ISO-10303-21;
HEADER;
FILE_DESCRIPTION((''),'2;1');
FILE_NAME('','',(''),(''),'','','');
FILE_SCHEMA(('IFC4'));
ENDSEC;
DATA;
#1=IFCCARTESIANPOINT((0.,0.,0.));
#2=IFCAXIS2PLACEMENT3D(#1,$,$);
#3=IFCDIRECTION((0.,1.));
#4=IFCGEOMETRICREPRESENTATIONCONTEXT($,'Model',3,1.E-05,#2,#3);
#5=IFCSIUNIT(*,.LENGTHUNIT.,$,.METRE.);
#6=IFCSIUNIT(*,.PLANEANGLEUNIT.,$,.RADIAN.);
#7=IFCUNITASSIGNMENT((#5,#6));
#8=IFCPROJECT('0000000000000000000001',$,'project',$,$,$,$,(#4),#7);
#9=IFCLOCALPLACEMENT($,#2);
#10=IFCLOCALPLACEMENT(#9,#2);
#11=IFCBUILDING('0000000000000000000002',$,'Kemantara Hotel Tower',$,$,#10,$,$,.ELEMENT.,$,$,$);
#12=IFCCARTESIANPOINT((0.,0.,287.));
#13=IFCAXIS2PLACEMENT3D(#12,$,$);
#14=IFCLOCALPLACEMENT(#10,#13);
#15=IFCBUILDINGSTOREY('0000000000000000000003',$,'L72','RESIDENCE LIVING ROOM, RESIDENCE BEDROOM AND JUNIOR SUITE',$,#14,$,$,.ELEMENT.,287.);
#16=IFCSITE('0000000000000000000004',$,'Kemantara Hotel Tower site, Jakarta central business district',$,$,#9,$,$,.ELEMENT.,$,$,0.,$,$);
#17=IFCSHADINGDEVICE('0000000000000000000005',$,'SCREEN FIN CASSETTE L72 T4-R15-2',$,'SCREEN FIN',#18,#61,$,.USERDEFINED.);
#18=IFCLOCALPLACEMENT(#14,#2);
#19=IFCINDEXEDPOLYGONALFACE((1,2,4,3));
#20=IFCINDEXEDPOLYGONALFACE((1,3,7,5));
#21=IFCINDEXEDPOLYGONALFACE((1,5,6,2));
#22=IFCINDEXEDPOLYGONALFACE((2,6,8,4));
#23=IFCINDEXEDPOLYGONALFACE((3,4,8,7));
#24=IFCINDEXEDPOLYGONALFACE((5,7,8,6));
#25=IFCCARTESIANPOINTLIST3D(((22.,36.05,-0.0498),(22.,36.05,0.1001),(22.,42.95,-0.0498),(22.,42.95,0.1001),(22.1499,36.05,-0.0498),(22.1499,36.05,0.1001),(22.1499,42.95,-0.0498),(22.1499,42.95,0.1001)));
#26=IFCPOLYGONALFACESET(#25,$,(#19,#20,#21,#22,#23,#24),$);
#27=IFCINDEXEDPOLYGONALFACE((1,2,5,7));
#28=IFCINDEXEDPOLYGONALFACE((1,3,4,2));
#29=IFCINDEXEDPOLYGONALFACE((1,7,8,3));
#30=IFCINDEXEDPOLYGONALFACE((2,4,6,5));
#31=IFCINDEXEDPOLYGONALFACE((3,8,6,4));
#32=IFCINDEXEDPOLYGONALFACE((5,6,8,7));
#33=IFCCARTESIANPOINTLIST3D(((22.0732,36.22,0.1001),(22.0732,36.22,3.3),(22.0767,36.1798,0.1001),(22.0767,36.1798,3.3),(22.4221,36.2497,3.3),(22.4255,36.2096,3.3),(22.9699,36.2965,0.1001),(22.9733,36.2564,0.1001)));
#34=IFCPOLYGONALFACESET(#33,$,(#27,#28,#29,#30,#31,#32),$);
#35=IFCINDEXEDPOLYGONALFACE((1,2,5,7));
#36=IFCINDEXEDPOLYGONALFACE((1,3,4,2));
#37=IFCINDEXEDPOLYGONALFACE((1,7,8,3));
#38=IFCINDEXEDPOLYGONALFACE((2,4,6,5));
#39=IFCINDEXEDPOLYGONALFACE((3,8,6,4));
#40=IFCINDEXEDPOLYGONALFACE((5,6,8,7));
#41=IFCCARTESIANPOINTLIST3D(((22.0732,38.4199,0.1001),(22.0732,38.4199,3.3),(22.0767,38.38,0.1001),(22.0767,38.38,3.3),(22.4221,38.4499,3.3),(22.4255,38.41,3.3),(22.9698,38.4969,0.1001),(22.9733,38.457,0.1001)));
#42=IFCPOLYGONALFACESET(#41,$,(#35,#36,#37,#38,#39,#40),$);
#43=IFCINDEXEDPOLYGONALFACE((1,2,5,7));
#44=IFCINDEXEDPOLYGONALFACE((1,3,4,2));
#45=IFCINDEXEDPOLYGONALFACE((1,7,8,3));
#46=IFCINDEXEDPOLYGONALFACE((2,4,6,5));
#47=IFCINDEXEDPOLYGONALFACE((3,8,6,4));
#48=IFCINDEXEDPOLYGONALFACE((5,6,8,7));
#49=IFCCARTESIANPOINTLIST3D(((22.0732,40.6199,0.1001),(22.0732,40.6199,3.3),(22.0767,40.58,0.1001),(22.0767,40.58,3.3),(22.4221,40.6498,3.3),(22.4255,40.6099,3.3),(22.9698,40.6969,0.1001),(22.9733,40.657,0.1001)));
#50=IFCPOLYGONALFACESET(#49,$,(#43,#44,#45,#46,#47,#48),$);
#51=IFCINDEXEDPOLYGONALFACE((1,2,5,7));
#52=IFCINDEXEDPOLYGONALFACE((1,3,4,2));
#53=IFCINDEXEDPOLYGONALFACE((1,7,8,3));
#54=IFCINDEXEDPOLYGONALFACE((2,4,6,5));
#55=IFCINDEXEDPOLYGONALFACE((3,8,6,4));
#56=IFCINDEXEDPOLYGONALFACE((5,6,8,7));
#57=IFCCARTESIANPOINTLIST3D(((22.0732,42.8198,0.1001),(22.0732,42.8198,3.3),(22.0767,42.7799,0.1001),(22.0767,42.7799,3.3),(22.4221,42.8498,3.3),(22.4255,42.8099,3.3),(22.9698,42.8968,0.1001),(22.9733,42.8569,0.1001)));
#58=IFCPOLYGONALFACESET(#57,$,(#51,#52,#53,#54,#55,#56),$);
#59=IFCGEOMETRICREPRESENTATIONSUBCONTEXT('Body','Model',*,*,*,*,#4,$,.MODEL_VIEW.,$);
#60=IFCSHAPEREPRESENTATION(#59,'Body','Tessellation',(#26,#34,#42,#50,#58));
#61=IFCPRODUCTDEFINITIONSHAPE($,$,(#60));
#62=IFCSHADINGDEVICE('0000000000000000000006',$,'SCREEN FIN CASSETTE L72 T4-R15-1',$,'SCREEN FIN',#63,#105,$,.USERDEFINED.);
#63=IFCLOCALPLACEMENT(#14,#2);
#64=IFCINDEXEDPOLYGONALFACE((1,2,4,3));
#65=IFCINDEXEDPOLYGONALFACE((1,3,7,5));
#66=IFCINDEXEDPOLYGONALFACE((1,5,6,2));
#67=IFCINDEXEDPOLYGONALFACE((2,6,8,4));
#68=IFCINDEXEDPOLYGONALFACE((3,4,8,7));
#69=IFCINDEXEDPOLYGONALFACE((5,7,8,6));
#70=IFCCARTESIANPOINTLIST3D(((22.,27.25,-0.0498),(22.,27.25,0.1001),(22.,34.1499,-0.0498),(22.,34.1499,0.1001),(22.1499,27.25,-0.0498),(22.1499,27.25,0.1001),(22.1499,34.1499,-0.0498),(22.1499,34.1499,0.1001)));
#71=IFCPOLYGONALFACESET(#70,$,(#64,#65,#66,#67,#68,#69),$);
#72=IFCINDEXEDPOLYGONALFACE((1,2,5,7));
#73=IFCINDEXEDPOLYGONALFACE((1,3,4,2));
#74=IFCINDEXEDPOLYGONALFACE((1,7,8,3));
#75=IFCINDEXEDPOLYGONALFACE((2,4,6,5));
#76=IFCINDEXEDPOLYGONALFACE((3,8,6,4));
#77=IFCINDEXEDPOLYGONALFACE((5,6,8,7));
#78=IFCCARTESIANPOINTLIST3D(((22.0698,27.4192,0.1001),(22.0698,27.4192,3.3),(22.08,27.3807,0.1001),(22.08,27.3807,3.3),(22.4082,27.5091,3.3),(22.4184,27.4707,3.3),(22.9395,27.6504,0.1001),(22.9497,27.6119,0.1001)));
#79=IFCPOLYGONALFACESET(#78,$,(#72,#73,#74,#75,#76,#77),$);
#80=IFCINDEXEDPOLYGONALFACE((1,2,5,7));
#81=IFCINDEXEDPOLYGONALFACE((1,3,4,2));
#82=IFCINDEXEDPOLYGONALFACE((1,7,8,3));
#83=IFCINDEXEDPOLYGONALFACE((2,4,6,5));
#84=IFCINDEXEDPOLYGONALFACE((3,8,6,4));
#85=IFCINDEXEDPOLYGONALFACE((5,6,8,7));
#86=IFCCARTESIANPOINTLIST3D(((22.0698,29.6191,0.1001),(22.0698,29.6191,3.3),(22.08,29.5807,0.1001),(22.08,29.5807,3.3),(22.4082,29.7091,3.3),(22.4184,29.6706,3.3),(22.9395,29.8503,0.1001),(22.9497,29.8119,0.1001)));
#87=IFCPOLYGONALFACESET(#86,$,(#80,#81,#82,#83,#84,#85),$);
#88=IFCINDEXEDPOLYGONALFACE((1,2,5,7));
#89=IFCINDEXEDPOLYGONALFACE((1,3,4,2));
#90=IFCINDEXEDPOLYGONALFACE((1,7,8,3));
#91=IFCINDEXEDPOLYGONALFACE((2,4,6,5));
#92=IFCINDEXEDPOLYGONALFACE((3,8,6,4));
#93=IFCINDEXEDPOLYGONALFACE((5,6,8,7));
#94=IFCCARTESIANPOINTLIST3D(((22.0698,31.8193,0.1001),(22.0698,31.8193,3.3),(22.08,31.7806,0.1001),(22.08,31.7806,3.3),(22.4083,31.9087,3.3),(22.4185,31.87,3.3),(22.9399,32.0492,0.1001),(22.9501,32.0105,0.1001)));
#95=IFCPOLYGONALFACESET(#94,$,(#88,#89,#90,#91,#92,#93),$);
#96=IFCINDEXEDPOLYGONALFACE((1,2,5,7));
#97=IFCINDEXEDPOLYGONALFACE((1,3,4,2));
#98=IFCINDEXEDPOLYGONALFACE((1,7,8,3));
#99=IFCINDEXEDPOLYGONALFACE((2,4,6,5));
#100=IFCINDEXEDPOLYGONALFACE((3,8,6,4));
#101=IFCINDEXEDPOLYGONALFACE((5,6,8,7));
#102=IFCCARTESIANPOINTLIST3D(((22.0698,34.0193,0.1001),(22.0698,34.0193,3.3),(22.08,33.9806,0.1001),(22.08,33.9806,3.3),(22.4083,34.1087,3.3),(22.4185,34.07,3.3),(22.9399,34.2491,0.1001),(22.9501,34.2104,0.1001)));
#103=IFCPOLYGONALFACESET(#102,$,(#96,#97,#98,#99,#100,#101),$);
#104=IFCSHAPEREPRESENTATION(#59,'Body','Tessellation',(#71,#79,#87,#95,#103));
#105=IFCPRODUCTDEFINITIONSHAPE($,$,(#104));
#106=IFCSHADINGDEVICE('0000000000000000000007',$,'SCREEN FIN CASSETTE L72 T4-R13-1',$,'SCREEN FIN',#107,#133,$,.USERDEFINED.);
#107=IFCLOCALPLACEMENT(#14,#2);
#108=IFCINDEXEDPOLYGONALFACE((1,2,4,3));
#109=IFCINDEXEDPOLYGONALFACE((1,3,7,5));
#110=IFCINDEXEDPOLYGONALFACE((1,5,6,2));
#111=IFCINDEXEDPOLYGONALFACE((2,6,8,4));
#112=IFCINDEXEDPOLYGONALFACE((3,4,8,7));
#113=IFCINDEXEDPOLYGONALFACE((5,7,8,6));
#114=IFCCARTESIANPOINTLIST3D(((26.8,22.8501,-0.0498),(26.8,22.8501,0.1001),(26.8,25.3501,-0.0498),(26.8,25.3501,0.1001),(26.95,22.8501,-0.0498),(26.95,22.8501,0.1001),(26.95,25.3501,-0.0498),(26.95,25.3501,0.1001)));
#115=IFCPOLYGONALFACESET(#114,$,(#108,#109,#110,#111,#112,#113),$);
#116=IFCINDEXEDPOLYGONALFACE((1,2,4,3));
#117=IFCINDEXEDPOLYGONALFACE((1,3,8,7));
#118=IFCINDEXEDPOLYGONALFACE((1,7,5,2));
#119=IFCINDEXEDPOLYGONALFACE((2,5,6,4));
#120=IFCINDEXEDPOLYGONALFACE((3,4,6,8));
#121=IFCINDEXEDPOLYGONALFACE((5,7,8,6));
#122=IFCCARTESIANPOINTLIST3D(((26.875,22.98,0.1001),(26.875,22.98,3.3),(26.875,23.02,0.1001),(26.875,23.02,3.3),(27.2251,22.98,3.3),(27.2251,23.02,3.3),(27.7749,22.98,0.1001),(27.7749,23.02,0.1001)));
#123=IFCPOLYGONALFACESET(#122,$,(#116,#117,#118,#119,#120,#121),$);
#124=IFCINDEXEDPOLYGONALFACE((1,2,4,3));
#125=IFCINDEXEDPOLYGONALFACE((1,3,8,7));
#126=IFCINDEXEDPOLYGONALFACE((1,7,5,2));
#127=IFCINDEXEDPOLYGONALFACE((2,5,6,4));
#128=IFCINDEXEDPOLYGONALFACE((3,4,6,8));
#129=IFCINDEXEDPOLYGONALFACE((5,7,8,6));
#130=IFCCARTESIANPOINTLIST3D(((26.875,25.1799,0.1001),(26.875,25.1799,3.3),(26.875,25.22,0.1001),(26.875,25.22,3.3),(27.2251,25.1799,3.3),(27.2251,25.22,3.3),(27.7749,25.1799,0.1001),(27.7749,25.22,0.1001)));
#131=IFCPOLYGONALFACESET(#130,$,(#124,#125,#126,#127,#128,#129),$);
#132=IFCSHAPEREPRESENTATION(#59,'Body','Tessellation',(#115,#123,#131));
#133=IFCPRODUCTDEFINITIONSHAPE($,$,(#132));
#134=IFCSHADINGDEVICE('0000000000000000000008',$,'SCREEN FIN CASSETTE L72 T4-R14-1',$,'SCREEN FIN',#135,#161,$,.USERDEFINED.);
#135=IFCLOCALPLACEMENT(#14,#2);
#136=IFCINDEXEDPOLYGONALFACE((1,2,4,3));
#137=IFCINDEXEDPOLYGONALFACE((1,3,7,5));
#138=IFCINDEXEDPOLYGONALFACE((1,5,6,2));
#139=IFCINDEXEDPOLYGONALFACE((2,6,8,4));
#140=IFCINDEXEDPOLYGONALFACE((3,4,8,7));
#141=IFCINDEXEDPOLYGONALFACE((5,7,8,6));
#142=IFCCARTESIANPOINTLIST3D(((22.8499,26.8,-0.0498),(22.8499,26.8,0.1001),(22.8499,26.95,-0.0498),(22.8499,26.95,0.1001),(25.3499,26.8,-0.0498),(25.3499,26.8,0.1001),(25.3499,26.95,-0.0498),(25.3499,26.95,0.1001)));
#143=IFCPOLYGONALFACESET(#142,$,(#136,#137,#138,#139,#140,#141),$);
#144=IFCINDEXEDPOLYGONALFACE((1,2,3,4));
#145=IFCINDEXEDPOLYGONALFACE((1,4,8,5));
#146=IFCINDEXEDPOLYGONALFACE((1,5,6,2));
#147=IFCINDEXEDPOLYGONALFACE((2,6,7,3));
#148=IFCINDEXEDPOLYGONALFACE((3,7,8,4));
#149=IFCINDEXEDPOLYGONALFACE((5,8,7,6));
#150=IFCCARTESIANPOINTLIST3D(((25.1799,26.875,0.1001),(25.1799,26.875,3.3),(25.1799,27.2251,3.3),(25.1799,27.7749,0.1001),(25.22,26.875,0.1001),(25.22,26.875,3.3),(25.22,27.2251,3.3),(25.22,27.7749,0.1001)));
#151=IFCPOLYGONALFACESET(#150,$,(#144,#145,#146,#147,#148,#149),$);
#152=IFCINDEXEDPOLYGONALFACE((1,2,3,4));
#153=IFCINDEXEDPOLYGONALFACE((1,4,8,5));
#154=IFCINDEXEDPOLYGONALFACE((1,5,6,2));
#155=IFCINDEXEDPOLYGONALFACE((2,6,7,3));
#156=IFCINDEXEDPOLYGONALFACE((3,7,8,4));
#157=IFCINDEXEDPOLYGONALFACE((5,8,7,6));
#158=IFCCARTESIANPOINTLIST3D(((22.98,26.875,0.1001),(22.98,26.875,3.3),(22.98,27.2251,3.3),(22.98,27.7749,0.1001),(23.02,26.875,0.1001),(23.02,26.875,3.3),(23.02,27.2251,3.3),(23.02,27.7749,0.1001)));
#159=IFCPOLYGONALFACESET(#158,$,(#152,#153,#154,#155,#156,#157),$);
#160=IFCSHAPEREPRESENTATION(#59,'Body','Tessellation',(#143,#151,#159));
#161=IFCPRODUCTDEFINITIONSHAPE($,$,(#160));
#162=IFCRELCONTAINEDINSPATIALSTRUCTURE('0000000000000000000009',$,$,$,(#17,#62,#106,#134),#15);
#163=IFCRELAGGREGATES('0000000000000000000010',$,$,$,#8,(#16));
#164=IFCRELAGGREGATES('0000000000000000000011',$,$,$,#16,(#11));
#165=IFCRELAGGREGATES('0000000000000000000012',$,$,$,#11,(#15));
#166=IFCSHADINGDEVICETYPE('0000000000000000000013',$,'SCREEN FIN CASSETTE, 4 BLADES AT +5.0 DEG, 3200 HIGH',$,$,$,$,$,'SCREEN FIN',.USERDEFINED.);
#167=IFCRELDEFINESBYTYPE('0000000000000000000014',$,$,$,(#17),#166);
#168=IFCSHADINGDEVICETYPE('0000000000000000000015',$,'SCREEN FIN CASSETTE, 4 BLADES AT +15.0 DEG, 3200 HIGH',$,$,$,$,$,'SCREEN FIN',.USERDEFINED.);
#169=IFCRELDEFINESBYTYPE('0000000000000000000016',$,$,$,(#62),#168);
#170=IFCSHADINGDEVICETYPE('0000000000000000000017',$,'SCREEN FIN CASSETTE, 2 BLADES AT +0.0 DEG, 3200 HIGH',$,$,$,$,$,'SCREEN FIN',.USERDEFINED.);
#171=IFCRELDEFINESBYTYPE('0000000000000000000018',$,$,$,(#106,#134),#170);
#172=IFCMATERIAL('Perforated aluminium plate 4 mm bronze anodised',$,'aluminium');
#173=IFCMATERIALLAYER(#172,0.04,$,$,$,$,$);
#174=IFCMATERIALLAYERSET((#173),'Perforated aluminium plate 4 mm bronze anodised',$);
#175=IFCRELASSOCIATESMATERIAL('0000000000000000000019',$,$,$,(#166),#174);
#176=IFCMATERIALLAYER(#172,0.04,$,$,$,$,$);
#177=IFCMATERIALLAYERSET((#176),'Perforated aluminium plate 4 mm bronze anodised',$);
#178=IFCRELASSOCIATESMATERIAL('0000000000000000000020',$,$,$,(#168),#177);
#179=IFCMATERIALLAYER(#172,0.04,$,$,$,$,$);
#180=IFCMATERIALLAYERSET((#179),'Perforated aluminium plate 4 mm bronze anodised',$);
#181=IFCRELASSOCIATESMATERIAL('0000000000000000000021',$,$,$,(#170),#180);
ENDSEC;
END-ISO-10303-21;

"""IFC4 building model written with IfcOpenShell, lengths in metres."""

from ifc_helpers import new_model, si_unit, direction, frame, origin, origin_2d, place, context, subcontext, project, spatial, polyline, rectangle, outline, extrude, source, transform, mapped, material, layer, layer_set, type_object, element, save


model = new_model("IFC4")

# Units and contexts
model_context = context("Model", 3, precision=1e-05, world=origin(), true_north=direction((0.0, 1.0)))
body_context = subcontext(model_context, "Body", "Model", "MODEL_VIEW")
ifc_project = project(units=[si_unit("LENGTHUNIT", "METRE"), si_unit("PLANEANGLEUNIT", "RADIAN")], contexts=[model_context])

# Site, building, storey
site_placement = place(None, origin())
site = spatial("IfcSite", under=ifc_project, at=site_placement, Name="Kemantara Hotel Tower site, Jakarta central business district", CompositionType="ELEMENT", RefElevation=0.0)
building_placement = place(site_placement, origin())
building = spatial("IfcBuilding", under=site, at=building_placement, Name="Kemantara Hotel Tower", CompositionType="ELEMENT")
storey_placement = place(building_placement, frame((0.0, 0.0, 287.0)))
storey = spatial("IfcBuildingStorey", under=building, at=storey_placement, Name="L72", Description="RESIDENCE LIVING ROOM, RESIDENCE BEDROOM AND JUNIOR SUITE", CompositionType="ELEMENT", Elevation=287.0)

# Shading devices
ifc_material_1 = material(Name="Perforated aluminium plate 4 mm bronze anodised", Category="aluminium")
ifc_layer_1 = layer(ifc_material_1, 0.04)
ifc_layer_set_1 = layer_set([ifc_layer_1], Name="Perforated aluminium plate 4 mm bronze anodised")
shading_device_type_1 = type_object("IfcShadingDeviceType", Name="SCREEN FIN CASSETTE, 4 BLADES AT +5.0 DEG, 3200 HIGH", ElementType="SCREEN FIN", PredefinedType="USERDEFINED", material=ifc_layer_set_1)
shared_shape_1 = source(origin(), body_context, "Body", "SweptSolid", [
    extrude(rectangle(XDim=6.8999, YDim=0.1499, at=origin_2d()), frame((3.3, -0.075, -0.1499), z_axis=(0.0, 0.0, 1.0), x_axis=(1.0, 0.0, 0.0)), (0.0, 0.0, 1.0), 0.1499),
    extrude(outline(polyline([(0.0, 0.0), (0.8999, 0.0), (0.3501, 3.2), (0.0, 3.2), (0.0, 0.0)])), frame((0.02, -0.0732, 0.0), z_axis=(-0.996376, -0.085056, 0.0), x_axis=(0.085056, -0.996376, 0.0)), (0.0, 0.0, 1.0), 0.0403),
    extrude(outline(polyline([(0.0, 0.0), (0.8999, 0.0), (0.3501, 3.2), (0.0, 3.2), (0.0, 0.0)])), frame((2.22, -0.0732, 0.0), z_axis=(-0.996332, -0.085575, 0.0), x_axis=(0.085575, -0.996332, 0.0)), (0.0, 0.0, 1.0), 0.04),
    extrude(outline(polyline([(0.0, 0.0), (0.8999, 0.0), (0.3501, 3.2), (0.0, 3.2), (0.0, 0.0)])), frame((4.4199, -0.0732, 0.0), z_axis=(-0.996332, -0.085575, 0.0), x_axis=(0.085575, -0.996332, 0.0)), (0.0, 0.0, 1.0), 0.04),
    extrude(outline(polyline([(0.0, 0.0), (0.8999, 0.0), (0.3501, 3.2), (0.0, 3.2), (0.0, 0.0)])), frame((6.6199, -0.0732, 0.0), z_axis=(-0.996332, -0.085575, 0.0), x_axis=(0.085575, -0.996332, 0.0)), (0.0, 0.0, 1.0), 0.04),
])
shading_device_1_placement = place(storey_placement, frame((22.0, 36.2, 0.1001), z_axis=(0.0, 0.0, 1.0), x_axis=(0.0, 1.0, 0.0)))
element("IfcShadingDevice", 1, at=shading_device_1_placement, inside=storey, type_object=shading_device_type_1, Name="SCREEN FIN CASSETTE L72 T4-R15-2", ObjectType="SCREEN FIN", PredefinedType="USERDEFINED", context=body_context, shape_type="MappedRepresentation", body=[
    mapped(shared_shape_1, transform((0.0, 0.0, 0.0))),
])
ifc_layer_2 = layer(ifc_material_1, 0.04)
ifc_layer_set_2 = layer_set([ifc_layer_2], Name="Perforated aluminium plate 4 mm bronze anodised")
shading_device_type_2 = type_object("IfcShadingDeviceType", Name="SCREEN FIN CASSETTE, 4 BLADES AT +15.0 DEG, 3200 HIGH", ElementType="SCREEN FIN", PredefinedType="USERDEFINED", material=ifc_layer_set_2)
shared_shape_2 = source(origin(), body_context, "Body", "SweptSolid", [
    extrude(rectangle(XDim=6.8999, YDim=0.1499, at=origin_2d()), frame((3.3, -0.075, -0.1499), z_axis=(0.0, 0.0, 1.0), x_axis=(1.0, 0.0, 0.0)), (0.0, 0.0, 1.0), 0.1499),
    extrude(outline(polyline([(0.0, 0.0), (0.8999, 0.0), (0.3501, 3.2), (0.0, 3.2), (0.0, 0.0)])), frame((0.0193, -0.0698, 0.0), z_axis=(-0.966438, -0.256901, 0.0), x_axis=(0.256901, -0.966438, 0.0)), (0.0, 0.0, 1.0), 0.0398),
    extrude(outline(polyline([(0.0, 0.0), (0.8999, 0.0), (0.3501, 3.2), (0.0, 3.2), (0.0, 0.0)])), frame((2.2192, -0.0698, 0.0), z_axis=(-0.966438, -0.256901, 0.0), x_axis=(0.256901, -0.966438, 0.0)), (0.0, 0.0, 1.0), 0.0398),
    extrude(outline(polyline([(0.0, 0.0), (0.8999, 0.0), (0.3501, 3.2), (0.0, 3.2), (0.0, 0.0)])), frame((4.4194, -0.0698, 0.0), z_axis=(-0.966838, -0.255391, 0.0), x_axis=(0.255391, -0.966838, 0.0)), (0.0, 0.0, 1.0), 0.04),
    extrude(outline(polyline([(0.0, 0.0), (0.8999, 0.0), (0.3501, 3.2), (0.0, 3.2), (0.0, 0.0)])), frame((6.6194, -0.0698, 0.0), z_axis=(-0.966838, -0.255391, 0.0), x_axis=(0.255391, -0.966838, 0.0)), (0.0, 0.0, 1.0), 0.04),
])
shading_device_2_placement = place(storey_placement, frame((22.0, 27.3999, 0.1001), z_axis=(0.0, 0.0, 1.0), x_axis=(0.0, 1.0, 0.0)))
element("IfcShadingDevice", 2, at=shading_device_2_placement, inside=storey, type_object=shading_device_type_2, Name="SCREEN FIN CASSETTE L72 T4-R15-1", ObjectType="SCREEN FIN", PredefinedType="USERDEFINED", context=body_context, shape_type="MappedRepresentation", body=[
    mapped(shared_shape_2, transform((0.0, 0.0, 0.0))),
])
ifc_layer_3 = layer(ifc_material_1, 0.04)
ifc_layer_set_3 = layer_set([ifc_layer_3], Name="Perforated aluminium plate 4 mm bronze anodised")
shading_device_type_3 = type_object("IfcShadingDeviceType", Name="SCREEN FIN CASSETTE, 2 BLADES AT +0.0 DEG, 3200 HIGH", ElementType="SCREEN FIN", PredefinedType="USERDEFINED", material=ifc_layer_set_3)
shared_shape_3 = source(origin(), body_context, "Body", "SweptSolid", [
    extrude(rectangle(XDim=2.5, YDim=0.1499, at=origin_2d()), frame((1.1001, -0.075, -0.1499), z_axis=(0.0, 0.0, 1.0), x_axis=(1.0, 0.0, 0.0)), (0.0, 0.0, 1.0), 0.1499),
    extrude(outline(polyline([(0.0, 0.0), (0.8999, 0.0), (0.3501, 3.2), (0.0, 3.2), (0.0, 0.0)])), frame((0.02, -0.075, 0.0), z_axis=(-1.0, 0.0, 0.0), x_axis=(0.0, -1.0, 0.0)), (0.0, 0.0, 1.0), 0.04),
    extrude(outline(polyline([(0.0, 0.0), (0.8999, 0.0), (0.3501, 3.2), (0.0, 3.2), (0.0, 0.0)])), frame((2.22, -0.075, 0.0), z_axis=(-1.0, 0.0, 0.0), x_axis=(0.0, -1.0, 0.0)), (0.0, 0.0, 1.0), 0.04),
])
for number, where, z_axis, x_axis, name in (
    (3, (26.8, 23.0, 0.1001), (0.0, 0.0, 1.0), (0.0, 1.0, 0.0), "SCREEN FIN CASSETTE L72 T4-R13-1"),
    (4, (25.2, 26.8, 0.1001), (0.0, 0.0, 1.0), (-1.0, 0.0, 0.0), "SCREEN FIN CASSETTE L72 T4-R14-1"),
):
    element("IfcShadingDevice", number, at=place(storey_placement, frame(where, z_axis=z_axis, x_axis=x_axis)), inside=storey, type_object=shading_device_type_3, Name=name, ObjectType="SCREEN FIN", PredefinedType="USERDEFINED", context=body_context, shape_type="MappedRepresentation", body=[
        mapped(shared_shape_3, transform((0.0, 0.0, 0.0))),
    ])

save(model, "model.ifc")
